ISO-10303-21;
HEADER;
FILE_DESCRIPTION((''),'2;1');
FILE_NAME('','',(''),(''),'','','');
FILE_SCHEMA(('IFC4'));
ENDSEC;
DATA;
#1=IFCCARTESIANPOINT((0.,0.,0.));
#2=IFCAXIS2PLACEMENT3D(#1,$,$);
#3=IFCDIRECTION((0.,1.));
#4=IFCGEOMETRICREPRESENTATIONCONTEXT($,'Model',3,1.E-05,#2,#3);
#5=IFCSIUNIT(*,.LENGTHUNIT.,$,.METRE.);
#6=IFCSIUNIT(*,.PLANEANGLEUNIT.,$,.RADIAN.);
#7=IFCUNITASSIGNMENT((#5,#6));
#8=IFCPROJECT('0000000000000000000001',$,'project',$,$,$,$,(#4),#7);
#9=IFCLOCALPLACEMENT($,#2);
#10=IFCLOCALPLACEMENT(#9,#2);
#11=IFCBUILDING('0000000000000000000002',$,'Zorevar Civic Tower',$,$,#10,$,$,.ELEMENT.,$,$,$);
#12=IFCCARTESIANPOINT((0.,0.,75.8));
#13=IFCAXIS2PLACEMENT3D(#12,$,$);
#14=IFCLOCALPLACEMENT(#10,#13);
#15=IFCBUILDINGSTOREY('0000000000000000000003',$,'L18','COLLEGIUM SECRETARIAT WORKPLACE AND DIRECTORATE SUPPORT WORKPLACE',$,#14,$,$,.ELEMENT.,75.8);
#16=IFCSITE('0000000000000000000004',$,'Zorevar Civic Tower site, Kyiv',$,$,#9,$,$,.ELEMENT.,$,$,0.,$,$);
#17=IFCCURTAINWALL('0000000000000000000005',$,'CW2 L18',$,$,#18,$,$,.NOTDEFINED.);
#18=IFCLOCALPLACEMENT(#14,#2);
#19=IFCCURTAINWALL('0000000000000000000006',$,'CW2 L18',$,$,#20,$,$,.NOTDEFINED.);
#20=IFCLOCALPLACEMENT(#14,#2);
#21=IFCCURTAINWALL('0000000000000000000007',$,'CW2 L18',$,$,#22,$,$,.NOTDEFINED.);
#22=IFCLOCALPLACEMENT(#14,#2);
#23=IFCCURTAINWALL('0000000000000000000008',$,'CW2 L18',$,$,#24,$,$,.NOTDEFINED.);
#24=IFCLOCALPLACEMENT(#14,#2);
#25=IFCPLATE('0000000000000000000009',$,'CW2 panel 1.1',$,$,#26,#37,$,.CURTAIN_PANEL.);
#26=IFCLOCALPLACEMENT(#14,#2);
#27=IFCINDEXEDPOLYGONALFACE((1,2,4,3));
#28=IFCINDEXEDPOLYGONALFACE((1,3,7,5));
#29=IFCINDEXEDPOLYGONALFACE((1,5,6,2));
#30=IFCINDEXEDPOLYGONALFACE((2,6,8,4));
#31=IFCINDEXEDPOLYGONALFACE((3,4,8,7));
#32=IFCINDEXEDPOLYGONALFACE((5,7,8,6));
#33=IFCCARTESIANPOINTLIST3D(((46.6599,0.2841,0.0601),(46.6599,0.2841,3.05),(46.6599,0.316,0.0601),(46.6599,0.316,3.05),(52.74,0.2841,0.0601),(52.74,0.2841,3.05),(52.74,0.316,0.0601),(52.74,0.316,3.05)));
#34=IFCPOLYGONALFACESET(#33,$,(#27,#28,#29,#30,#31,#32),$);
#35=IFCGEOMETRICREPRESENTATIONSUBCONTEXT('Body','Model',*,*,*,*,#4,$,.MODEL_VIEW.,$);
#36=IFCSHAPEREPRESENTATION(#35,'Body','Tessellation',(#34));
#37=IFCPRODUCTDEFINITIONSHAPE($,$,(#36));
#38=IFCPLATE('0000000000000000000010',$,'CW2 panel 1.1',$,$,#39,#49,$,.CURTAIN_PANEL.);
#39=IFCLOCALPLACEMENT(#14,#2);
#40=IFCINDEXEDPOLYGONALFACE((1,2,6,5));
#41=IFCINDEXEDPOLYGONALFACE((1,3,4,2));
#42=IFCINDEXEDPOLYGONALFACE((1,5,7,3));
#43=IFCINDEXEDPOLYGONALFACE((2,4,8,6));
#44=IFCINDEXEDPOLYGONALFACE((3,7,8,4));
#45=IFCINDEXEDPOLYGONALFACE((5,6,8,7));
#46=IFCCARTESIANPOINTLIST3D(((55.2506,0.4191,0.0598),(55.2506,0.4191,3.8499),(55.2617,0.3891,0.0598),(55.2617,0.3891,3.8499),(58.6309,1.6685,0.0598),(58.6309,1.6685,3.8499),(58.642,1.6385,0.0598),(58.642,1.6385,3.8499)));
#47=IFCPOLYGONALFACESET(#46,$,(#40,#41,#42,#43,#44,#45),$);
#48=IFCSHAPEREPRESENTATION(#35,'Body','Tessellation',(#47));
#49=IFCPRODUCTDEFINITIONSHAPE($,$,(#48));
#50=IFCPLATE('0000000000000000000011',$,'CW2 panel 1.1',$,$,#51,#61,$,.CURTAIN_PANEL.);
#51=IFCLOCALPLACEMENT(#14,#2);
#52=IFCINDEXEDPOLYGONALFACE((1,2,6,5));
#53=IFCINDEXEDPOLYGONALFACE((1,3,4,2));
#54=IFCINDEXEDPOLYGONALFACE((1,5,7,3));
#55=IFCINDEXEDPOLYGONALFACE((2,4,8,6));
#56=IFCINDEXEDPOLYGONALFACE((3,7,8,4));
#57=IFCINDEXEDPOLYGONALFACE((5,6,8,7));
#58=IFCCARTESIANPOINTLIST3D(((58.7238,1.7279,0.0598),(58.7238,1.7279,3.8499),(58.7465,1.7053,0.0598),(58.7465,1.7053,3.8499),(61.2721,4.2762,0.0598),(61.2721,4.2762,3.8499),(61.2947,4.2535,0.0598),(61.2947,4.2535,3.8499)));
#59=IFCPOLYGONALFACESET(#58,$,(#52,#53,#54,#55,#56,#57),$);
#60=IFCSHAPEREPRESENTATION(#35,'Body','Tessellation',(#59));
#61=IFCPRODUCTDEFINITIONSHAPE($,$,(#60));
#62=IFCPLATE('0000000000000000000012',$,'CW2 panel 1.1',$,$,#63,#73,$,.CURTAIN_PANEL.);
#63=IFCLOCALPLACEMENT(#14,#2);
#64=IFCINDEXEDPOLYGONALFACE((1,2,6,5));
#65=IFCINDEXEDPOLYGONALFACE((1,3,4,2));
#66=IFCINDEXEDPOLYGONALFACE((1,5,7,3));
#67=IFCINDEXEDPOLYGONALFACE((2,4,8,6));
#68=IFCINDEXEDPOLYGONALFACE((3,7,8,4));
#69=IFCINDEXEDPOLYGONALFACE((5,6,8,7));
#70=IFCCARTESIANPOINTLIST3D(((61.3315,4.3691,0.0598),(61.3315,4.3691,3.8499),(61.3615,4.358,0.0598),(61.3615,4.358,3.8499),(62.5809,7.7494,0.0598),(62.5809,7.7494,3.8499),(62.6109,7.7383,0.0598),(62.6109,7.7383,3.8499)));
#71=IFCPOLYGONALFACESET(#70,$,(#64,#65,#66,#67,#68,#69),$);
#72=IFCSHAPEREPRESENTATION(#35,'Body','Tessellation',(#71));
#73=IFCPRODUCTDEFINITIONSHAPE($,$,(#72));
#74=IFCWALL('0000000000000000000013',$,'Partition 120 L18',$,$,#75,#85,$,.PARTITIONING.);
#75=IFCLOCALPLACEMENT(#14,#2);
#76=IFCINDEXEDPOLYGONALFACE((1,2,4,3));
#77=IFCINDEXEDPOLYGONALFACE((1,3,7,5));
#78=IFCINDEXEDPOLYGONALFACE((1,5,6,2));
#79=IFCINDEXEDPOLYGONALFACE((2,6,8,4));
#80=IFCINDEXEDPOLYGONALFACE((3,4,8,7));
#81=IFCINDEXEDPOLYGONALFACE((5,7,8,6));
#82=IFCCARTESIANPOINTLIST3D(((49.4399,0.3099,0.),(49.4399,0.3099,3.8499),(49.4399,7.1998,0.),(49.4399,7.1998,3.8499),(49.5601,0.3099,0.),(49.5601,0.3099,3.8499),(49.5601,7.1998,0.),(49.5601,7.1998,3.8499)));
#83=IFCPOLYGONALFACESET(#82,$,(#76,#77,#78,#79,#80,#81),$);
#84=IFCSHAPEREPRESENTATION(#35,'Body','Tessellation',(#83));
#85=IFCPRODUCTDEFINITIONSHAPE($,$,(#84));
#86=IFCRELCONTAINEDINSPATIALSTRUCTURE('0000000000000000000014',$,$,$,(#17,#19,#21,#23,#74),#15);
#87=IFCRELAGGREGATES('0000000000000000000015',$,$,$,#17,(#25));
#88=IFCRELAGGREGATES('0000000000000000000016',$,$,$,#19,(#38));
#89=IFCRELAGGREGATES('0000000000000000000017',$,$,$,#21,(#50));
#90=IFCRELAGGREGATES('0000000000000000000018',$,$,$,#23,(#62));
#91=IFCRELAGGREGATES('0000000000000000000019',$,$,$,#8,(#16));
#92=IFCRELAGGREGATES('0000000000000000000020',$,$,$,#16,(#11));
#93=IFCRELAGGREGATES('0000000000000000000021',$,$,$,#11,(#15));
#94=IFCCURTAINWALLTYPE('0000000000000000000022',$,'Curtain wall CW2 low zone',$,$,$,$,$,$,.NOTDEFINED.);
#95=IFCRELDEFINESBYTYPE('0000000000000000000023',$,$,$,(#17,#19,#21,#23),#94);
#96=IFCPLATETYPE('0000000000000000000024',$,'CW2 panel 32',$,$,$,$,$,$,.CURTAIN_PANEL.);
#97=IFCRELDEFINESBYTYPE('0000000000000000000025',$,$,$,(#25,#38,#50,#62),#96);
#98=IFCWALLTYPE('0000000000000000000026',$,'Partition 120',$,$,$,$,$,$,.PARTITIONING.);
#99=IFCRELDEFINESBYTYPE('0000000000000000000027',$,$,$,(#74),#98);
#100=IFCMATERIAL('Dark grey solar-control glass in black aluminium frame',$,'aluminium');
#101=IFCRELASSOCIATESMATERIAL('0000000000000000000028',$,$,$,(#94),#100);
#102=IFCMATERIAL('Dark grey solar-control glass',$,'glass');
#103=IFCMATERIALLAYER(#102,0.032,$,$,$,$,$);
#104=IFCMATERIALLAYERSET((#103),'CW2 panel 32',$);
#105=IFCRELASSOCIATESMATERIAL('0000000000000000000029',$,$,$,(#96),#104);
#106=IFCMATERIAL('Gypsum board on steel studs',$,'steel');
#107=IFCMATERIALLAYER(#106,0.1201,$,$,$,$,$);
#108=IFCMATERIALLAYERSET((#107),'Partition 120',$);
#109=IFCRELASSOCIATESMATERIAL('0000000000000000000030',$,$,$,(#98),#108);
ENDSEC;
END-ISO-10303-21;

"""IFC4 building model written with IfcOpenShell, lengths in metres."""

from ifc_helpers import new_model, si_unit, direction, frame, frame_2d, origin, origin_2d, place, context, subcontext, project, spatial, rectangle, extrude, material, layer, layer_set, type_object, element, aggregate, save


model = new_model("IFC4")

# Units and contexts
model_context = context("Model", 3, precision=1e-05, world=origin(), true_north=direction((0.0, 1.0)))
body_context = subcontext(model_context, "Body", "Model", "MODEL_VIEW")
ifc_project = project(units=[si_unit("LENGTHUNIT", "METRE"), si_unit("PLANEANGLEUNIT", "RADIAN")], contexts=[model_context])

# Site, building, storey
site_placement = place(None, origin())
site = spatial("IfcSite", under=ifc_project, at=site_placement, Name="Zorevar Civic Tower site, Kyiv", CompositionType="ELEMENT", RefElevation=0.0)
building_placement = place(site_placement, origin())
building = spatial("IfcBuilding", under=site, at=building_placement, Name="Zorevar Civic Tower", CompositionType="ELEMENT")
storey_placement = place(building_placement, frame((0.0, 0.0, 75.8)))
storey = spatial("IfcBuildingStorey", under=building, at=storey_placement, Name="L18", Description="COLLEGIUM SECRETARIAT WORKPLACE AND DIRECTORATE SUPPORT WORKPLACE", CompositionType="ELEMENT", Elevation=75.8)

# Curtain wall
ifc_material_1 = material(Name="Dark grey solar-control glass in black aluminium frame", Category="aluminium")
curtain_wall_type = type_object("IfcCurtainWallType", Name="Curtain wall CW2 low zone", PredefinedType="NOTDEFINED", material=ifc_material_1)
curtain_wall_1_placement = place(storey_placement, origin())
curtain_wall_1 = element("IfcCurtainWall", 1, at=curtain_wall_1_placement, inside=storey, type_object=curtain_wall_type, Name="CW2 L18", PredefinedType="NOTDEFINED")

# Curtain walls
curtain_wall_2_placement = place(storey_placement, origin())
curtain_wall_2 = element("IfcCurtainWall", 2, at=curtain_wall_2_placement, inside=storey, type_object=curtain_wall_type, Name="CW2 L18", PredefinedType="NOTDEFINED")
curtain_wall_3_placement = place(storey_placement, origin())
curtain_wall_3 = element("IfcCurtainWall", 3, at=curtain_wall_3_placement, inside=storey, type_object=curtain_wall_type, Name="CW2 L18", PredefinedType="NOTDEFINED")
curtain_wall_4_placement = place(storey_placement, origin())
curtain_wall_4 = element("IfcCurtainWall", 4, at=curtain_wall_4_placement, inside=storey, type_object=curtain_wall_type, Name="CW2 L18", PredefinedType="NOTDEFINED")

# Plates
ifc_material_2 = material(Name="Dark grey solar-control glass", Category="glass")
ifc_layer_1 = layer(ifc_material_2, 0.032)
ifc_layer_set_1 = layer_set([ifc_layer_1], Name="CW2 panel 32")
plate_type = type_object("IfcPlateType", Name="CW2 panel 32", PredefinedType="CURTAIN_PANEL", material=ifc_layer_set_1)
plate_1_placement = place(storey_placement, frame((49.7, 0.3, 0.0601), z_axis=(0.0, 0.0, 1.0), x_axis=(1.0, 0.0, 0.0)))
plate_1 = element("IfcPlate", 5, at=plate_1_placement, type_object=plate_type, Name="CW2 panel 1.1", PredefinedType="CURTAIN_PANEL", context=body_context, shape_type="SweptSolid", body=[
    extrude(rectangle(XDim=6.0801, YDim=0.032, at=origin_2d()), origin(), (0.0, 0.0, 1.0), 2.99),
])
aggregate(curtain_wall_1, [plate_1])
plate_2_placement = place(storey_placement, frame((56.9463, 1.0288, 0.0598), z_axis=(0.0, 0.0, 1.0), x_axis=(0.937975, 0.346704, 0.0)))
plate_2 = element("IfcPlate", 6, at=plate_2_placement, type_object=plate_type, Name="CW2 panel 1.1", PredefinedType="CURTAIN_PANEL", context=body_context, shape_type="SweptSolid", body=[
    extrude(rectangle(XDim=3.6038, YDim=0.032, at=origin_2d()), origin(), (0.0, 0.0, 1.0), 3.79),
])
aggregate(curtain_wall_2, [plate_2])
plate_3_placement = place(storey_placement, frame((60.0093, 2.9907, 0.0598), z_axis=(0.0, 0.0, 1.0), x_axis=(0.707107, 0.707107, 0.0)))
plate_3 = element("IfcPlate", 7, at=plate_3_placement, type_object=plate_type, Name="CW2 panel 1.1", PredefinedType="CURTAIN_PANEL", context=body_context, shape_type="SweptSolid", body=[
    extrude(rectangle(XDim=3.6038, YDim=0.032, at=origin_2d()), origin(), (0.0, 0.0, 1.0), 3.79),
])
aggregate(curtain_wall_3, [plate_3])
plate_4_placement = place(storey_placement, frame((61.9712, 6.0537, 0.0598), z_axis=(0.0, 0.0, 1.0), x_axis=(0.346704, 0.937975, 0.0)))
plate_4 = element("IfcPlate", 8, at=plate_4_placement, type_object=plate_type, Name="CW2 panel 1.1", PredefinedType="CURTAIN_PANEL", context=body_context, shape_type="SweptSolid", body=[
    extrude(rectangle(XDim=3.6038, YDim=0.032, at=origin_2d()), origin(), (0.0, 0.0, 1.0), 3.79),
])
aggregate(curtain_wall_4, [plate_4])

# Wall
ifc_material_3 = material(Name="Gypsum board on steel studs", Category="steel")
ifc_layer_2 = layer(ifc_material_3, 0.1201)
ifc_layer_set_2 = layer_set([ifc_layer_2], Name="Partition 120")
wall_type = type_object("IfcWallType", Name="Partition 120", PredefinedType="PARTITIONING", material=ifc_layer_set_2)
wall_placement = place(storey_placement, frame((49.5, 0.3101, 0.0), z_axis=(0.0, 0.0, 1.0), x_axis=(0.0, 1.0, 0.0)))
element("IfcWall", 9, at=wall_placement, inside=storey, type_object=wall_type, Name="Partition 120 L18", PredefinedType="PARTITIONING", context=body_context, shape_type="SweptSolid", body=[
    extrude(rectangle(XDim=6.8899, YDim=0.1201, at=frame_2d((3.4448, 0.0))), origin(), (0.0, 0.0, 1.0), 3.8499),
])

save(model, "model.ifc")
